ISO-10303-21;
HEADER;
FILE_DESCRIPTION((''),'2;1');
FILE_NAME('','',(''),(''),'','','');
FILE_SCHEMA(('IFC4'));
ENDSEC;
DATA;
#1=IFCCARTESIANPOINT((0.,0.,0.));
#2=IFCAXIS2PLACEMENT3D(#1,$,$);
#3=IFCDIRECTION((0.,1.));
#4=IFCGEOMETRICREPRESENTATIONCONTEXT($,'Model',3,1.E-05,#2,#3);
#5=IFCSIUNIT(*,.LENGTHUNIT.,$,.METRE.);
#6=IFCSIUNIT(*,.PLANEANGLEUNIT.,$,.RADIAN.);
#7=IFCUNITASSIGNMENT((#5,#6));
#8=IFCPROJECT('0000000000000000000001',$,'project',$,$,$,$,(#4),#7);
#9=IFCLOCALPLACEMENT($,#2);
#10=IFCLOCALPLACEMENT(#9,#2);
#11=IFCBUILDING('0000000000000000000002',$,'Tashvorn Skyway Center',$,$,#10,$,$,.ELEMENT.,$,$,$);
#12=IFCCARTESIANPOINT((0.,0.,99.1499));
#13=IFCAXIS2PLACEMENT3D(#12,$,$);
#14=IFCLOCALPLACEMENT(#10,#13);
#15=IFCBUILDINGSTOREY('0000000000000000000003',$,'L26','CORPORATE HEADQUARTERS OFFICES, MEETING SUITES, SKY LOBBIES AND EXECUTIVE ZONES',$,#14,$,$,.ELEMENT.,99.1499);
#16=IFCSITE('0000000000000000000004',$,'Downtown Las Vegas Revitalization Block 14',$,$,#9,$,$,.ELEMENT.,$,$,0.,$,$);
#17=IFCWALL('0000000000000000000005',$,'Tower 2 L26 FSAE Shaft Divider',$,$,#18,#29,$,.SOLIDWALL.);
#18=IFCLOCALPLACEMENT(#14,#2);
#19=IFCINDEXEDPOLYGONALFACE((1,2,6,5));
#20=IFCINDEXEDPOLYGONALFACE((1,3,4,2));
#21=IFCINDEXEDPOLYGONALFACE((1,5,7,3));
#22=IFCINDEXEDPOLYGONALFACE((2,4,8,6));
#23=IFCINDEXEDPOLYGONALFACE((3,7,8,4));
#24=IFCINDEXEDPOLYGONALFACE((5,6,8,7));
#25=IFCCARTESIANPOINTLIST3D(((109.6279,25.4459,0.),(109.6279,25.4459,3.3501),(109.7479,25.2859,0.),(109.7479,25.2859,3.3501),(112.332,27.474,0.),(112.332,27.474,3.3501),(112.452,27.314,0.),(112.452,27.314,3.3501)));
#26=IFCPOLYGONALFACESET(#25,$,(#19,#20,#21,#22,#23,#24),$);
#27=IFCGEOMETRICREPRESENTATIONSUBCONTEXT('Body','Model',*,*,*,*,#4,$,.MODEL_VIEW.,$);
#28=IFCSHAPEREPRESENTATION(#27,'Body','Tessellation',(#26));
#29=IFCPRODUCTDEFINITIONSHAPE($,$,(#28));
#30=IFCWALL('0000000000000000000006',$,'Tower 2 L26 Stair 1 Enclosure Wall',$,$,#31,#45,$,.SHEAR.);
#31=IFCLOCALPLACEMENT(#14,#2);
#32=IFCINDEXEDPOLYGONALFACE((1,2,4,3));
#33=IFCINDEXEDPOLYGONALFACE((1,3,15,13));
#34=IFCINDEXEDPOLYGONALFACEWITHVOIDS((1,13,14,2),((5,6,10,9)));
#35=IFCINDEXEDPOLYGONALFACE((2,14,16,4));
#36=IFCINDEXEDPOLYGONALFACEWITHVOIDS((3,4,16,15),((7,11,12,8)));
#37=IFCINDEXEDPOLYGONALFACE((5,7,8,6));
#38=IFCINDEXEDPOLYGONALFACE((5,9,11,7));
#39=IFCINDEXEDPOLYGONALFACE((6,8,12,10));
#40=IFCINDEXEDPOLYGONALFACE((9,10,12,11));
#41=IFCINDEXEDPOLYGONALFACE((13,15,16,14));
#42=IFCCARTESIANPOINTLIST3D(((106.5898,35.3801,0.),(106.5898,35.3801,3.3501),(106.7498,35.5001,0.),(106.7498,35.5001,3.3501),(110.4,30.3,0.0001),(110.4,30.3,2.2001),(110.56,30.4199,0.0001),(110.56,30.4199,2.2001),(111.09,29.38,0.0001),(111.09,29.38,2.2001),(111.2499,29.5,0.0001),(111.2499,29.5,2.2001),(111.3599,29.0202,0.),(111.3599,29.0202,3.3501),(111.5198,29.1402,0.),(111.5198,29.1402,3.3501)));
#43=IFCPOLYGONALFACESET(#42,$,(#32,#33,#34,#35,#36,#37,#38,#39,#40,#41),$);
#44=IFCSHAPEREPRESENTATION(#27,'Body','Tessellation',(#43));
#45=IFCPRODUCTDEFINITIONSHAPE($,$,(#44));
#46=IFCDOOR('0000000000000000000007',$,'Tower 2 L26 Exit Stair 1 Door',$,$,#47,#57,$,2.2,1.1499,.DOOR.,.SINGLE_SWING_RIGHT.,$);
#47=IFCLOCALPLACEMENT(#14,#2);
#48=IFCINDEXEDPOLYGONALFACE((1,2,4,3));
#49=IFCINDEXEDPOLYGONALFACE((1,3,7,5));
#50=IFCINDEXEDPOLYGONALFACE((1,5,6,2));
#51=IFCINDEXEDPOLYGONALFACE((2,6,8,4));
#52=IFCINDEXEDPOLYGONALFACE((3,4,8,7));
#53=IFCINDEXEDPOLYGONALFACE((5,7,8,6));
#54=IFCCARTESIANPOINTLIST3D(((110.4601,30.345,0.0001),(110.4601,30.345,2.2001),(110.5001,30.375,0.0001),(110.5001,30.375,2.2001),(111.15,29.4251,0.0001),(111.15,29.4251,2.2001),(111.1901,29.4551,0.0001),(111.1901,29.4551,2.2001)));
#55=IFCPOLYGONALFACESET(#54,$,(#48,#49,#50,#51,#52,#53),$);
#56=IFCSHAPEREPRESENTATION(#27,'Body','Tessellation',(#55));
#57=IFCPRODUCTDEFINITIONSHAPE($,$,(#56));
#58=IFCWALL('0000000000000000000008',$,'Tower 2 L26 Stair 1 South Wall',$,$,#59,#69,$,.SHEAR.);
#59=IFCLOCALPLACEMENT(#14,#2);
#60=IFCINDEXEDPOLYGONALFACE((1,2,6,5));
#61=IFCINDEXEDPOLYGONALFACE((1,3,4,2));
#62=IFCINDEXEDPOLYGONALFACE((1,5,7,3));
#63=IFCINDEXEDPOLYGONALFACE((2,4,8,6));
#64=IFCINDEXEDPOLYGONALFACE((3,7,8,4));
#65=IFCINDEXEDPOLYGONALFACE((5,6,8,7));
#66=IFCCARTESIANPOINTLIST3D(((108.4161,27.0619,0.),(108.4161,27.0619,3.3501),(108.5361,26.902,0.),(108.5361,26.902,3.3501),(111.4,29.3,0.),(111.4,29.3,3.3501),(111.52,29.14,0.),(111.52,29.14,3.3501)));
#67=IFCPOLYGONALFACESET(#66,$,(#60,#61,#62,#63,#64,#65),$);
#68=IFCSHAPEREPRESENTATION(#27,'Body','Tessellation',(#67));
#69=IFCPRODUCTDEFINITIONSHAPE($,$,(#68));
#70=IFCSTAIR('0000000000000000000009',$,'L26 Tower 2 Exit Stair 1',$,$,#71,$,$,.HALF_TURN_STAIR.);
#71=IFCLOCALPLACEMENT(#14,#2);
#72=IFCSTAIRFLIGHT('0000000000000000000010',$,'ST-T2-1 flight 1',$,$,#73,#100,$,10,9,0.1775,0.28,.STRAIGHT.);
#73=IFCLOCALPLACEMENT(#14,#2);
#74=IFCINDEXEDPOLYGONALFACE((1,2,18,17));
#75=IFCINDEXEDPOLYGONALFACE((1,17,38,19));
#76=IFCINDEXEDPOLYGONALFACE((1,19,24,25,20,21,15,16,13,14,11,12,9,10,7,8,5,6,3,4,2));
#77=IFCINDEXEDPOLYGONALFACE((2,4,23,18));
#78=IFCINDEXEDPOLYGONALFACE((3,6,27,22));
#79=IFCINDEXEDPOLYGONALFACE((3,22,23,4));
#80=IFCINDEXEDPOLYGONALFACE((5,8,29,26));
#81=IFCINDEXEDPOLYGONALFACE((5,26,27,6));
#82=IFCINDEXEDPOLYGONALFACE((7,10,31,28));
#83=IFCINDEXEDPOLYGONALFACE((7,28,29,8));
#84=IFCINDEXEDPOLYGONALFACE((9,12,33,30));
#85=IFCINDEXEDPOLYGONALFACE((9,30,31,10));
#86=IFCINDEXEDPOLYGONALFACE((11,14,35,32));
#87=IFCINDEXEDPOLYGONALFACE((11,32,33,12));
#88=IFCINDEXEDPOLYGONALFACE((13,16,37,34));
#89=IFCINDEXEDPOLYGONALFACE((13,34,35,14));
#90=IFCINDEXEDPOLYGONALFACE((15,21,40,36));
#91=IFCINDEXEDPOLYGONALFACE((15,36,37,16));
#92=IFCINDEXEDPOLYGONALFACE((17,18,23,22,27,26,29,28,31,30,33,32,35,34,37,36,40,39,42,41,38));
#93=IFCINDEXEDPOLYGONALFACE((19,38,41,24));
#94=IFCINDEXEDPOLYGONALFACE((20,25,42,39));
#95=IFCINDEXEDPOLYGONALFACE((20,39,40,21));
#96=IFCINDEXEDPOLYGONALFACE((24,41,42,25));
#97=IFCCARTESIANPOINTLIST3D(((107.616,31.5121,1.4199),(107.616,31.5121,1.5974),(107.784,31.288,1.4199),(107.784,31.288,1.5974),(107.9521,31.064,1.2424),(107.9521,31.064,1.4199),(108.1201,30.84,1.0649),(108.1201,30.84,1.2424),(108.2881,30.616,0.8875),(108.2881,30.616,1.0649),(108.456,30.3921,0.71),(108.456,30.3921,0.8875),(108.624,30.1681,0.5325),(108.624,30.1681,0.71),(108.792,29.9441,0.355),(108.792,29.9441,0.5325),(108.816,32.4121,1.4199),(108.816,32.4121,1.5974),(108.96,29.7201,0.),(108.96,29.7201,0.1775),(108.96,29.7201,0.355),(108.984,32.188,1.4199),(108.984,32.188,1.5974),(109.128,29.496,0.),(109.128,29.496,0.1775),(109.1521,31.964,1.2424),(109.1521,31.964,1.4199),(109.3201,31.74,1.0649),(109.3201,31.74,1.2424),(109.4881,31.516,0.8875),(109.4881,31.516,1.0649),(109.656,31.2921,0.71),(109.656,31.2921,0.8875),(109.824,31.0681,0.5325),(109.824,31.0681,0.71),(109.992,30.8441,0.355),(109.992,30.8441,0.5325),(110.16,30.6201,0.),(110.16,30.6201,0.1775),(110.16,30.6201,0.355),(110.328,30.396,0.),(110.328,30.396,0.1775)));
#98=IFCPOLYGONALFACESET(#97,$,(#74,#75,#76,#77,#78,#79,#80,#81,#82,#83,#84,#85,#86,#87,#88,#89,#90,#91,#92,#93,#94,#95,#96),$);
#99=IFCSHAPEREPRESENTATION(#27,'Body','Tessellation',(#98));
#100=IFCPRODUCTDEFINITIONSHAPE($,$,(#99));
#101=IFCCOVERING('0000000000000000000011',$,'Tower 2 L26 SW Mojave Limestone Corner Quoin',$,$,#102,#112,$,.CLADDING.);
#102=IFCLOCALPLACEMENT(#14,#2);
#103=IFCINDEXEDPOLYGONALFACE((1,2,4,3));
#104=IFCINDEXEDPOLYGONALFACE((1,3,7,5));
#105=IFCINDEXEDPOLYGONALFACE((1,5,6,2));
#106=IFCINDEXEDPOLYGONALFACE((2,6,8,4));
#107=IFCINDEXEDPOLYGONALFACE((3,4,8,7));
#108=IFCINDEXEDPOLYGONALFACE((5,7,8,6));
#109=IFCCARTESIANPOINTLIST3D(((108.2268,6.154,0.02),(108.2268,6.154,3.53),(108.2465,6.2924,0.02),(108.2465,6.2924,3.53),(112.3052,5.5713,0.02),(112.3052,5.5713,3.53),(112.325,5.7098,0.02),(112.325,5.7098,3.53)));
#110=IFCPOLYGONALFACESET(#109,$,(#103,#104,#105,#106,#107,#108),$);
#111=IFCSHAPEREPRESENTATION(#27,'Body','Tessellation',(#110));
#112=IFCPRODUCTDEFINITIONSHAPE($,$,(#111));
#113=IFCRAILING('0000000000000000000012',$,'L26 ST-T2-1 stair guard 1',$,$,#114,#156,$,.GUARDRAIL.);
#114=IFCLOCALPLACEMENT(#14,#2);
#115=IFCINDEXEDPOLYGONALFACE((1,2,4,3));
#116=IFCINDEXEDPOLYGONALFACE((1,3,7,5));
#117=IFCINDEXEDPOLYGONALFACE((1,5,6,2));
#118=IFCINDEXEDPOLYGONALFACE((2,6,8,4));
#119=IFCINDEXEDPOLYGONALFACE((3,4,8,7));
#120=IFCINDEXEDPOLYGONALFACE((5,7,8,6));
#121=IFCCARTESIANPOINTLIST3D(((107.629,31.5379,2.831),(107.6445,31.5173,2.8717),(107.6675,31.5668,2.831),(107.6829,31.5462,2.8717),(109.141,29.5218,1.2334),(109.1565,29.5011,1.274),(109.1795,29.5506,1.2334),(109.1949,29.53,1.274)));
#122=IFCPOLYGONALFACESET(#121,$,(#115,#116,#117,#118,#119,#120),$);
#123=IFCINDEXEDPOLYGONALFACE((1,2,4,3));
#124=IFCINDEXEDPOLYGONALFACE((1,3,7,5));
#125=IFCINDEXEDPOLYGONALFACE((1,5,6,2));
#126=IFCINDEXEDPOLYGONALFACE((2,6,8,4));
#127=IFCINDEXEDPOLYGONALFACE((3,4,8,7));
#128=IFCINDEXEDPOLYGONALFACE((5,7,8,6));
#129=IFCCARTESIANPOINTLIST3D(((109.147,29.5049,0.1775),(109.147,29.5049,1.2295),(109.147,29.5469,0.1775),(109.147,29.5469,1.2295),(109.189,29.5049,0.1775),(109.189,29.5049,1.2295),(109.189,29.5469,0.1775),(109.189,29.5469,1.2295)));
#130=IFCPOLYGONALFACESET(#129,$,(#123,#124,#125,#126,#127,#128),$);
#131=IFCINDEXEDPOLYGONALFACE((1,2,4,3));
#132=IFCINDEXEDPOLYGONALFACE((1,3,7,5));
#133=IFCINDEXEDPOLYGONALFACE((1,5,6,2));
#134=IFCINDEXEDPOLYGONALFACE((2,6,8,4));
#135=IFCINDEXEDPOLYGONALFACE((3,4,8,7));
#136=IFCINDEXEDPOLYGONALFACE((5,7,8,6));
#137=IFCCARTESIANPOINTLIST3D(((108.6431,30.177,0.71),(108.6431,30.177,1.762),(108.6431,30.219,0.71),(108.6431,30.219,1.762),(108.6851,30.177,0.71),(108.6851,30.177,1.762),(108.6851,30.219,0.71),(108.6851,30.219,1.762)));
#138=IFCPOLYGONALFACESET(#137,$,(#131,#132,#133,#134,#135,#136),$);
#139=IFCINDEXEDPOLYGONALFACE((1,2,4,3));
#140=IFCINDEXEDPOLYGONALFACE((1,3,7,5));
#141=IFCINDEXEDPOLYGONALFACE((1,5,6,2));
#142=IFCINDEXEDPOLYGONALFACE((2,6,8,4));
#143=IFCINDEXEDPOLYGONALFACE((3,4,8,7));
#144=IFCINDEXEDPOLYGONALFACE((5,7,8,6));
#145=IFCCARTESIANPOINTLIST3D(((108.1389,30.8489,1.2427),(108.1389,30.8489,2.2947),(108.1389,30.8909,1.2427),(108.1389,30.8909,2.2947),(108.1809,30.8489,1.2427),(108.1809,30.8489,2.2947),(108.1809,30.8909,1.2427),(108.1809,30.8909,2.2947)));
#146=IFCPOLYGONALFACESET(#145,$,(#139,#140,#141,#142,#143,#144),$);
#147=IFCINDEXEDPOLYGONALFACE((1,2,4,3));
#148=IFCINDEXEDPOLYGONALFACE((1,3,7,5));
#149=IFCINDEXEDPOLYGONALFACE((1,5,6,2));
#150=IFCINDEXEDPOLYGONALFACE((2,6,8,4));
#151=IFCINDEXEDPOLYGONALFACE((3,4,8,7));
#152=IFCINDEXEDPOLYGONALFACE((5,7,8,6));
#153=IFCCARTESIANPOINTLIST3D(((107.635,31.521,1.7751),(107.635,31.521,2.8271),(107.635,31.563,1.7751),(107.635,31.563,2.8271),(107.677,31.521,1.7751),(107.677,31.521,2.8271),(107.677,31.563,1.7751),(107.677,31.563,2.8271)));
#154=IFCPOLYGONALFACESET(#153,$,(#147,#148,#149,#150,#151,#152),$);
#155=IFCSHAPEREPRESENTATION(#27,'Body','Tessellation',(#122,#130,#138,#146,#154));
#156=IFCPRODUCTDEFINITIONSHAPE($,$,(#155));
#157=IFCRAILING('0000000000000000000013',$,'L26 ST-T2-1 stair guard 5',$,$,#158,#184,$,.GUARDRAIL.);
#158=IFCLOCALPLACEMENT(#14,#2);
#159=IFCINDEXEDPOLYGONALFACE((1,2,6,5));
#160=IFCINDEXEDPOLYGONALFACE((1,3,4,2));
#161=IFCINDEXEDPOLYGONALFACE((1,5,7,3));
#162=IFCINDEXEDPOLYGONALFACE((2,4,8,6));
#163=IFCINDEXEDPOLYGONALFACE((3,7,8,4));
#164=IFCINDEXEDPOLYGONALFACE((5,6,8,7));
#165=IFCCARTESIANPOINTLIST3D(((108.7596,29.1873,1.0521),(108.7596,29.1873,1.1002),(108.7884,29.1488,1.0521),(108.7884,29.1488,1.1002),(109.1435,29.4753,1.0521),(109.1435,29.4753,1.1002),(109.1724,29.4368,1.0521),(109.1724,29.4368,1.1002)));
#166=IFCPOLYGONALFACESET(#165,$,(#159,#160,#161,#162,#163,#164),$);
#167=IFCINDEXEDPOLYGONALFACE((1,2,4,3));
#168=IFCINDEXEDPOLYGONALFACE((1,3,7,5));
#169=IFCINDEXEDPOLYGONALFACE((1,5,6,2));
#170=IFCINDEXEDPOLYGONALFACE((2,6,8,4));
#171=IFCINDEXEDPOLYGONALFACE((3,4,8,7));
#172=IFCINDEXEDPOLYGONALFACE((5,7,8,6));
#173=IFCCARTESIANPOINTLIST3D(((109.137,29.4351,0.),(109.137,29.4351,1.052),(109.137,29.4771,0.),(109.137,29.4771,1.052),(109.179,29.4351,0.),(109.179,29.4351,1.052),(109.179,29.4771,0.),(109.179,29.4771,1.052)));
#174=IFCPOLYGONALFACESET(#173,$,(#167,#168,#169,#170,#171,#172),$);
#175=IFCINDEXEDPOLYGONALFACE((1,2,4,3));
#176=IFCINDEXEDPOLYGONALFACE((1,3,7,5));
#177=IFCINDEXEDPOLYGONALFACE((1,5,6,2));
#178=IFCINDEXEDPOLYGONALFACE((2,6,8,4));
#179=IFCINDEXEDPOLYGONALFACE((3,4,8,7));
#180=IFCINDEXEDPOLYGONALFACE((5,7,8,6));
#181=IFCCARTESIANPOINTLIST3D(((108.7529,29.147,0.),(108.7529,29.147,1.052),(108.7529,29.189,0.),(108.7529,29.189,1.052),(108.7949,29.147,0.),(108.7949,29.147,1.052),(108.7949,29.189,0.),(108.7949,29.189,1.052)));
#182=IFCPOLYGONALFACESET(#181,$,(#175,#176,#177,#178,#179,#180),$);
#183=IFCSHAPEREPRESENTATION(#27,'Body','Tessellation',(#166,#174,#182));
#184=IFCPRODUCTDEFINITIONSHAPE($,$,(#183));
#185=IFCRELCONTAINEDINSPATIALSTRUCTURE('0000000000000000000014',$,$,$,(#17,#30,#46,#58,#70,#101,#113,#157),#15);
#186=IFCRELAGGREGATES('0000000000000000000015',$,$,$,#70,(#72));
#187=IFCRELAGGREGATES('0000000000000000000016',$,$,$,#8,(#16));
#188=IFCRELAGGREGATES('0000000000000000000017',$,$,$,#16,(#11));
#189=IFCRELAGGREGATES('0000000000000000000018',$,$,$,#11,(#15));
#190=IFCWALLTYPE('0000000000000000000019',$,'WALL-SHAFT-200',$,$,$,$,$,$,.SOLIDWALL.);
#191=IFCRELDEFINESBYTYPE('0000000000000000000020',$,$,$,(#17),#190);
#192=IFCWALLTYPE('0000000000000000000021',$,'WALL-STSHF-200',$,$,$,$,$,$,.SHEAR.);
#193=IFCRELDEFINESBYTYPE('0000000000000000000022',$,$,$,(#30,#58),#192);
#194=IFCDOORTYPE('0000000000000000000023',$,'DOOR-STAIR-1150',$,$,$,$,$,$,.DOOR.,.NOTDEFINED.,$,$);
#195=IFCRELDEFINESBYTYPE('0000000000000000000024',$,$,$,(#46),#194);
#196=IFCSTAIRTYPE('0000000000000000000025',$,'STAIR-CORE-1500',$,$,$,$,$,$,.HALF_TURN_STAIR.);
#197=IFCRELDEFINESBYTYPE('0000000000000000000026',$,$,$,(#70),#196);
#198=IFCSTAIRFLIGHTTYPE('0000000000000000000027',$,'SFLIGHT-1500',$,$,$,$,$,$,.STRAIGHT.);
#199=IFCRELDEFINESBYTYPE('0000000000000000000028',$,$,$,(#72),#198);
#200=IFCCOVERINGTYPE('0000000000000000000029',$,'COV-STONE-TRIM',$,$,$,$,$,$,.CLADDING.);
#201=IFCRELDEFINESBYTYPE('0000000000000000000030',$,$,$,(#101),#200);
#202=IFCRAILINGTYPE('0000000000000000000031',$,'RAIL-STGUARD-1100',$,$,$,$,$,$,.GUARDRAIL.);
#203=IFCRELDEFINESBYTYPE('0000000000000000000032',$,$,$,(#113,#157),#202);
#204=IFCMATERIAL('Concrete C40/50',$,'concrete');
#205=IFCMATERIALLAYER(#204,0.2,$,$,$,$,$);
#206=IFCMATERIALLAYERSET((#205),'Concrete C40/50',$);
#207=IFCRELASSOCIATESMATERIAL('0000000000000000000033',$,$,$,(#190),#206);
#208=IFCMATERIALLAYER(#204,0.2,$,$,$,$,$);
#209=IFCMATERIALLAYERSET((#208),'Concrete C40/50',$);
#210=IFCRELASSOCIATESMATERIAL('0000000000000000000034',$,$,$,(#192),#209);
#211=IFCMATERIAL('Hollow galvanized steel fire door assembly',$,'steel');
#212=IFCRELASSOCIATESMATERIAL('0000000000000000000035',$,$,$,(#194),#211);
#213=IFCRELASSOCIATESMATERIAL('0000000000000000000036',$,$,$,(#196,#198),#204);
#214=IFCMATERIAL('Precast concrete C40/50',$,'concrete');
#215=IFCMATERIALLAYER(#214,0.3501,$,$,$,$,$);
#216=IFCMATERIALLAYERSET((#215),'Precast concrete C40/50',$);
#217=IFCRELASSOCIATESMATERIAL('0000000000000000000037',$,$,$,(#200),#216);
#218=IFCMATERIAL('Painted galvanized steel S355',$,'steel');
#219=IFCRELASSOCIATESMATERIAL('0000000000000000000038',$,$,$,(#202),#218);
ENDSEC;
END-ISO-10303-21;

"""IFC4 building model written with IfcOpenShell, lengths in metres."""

from ifc_helpers import new_model, si_unit, direction, frame, frame_2d, origin, origin_2d, place, context, subcontext, project, spatial, polyline, rectangle, outline, extrude, material, layer, layer_set, type_object, element, fill, aggregate, save


model = new_model("IFC4")

# Units and contexts
model_context = context("Model", 3, precision=1e-05, world=origin(), true_north=direction((0.0, 1.0)))
body_context = subcontext(model_context, "Body", "Model", "MODEL_VIEW")
ifc_project = project(units=[si_unit("LENGTHUNIT", "METRE"), si_unit("PLANEANGLEUNIT", "RADIAN")], contexts=[model_context])

# Site, building, storey
site_placement = place(None, origin())
site = spatial("IfcSite", under=ifc_project, at=site_placement, Name="Downtown Las Vegas Revitalization Block 14", CompositionType="ELEMENT", RefElevation=0.0)
building_placement = place(site_placement, origin())
building = spatial("IfcBuilding", under=site, at=building_placement, Name="Tashvorn Skyway Center", CompositionType="ELEMENT")
storey_placement = place(building_placement, frame((0.0, 0.0, 99.1499)))
storey = spatial("IfcBuildingStorey", under=building, at=storey_placement, Name="L26", Description="CORPORATE HEADQUARTERS OFFICES, MEETING SUITES, SKY LOBBIES AND EXECUTIVE ZONES", CompositionType="ELEMENT", Elevation=99.1499)

# Shared definitions
ifc_material_1 = material(Name="Precast concrete C40/50", Category="concrete")

# Wall
ifc_material_2 = material(Name="Concrete C40/50", Category="concrete")
ifc_layer_1 = layer(ifc_material_2, 0.2)
ifc_layer_set_1 = layer_set([ifc_layer_1], Name="Concrete C40/50")
wall_type_1 = type_object("IfcWallType", Name="WALL-SHAFT-200", PredefinedType="SOLIDWALL", material=ifc_layer_set_1)
for number, where, z_axis, x_axis, name in (
    (1, (109.688, 25.366, 0.0), (0.0, 0.0, 1.0), (0.8, 0.6, 0.0), "Tower 2 L26 FSAE Shaft Divider"),
):
    element("IfcWall", number, at=place(storey_placement, frame(where, z_axis=z_axis, x_axis=x_axis)), inside=storey, type_object=wall_type_1, Name=name, PredefinedType="SOLIDWALL", context=body_context, shape_type="SweptSolid", body=[
        extrude(rectangle(XDim=3.3801, YDim=0.2, at=frame_2d((1.6899, 0.0))), origin(), (0.0, 0.0, 1.0), 3.3501),
    ])

# Wall, opening, door
ifc_layer_2 = layer(ifc_material_2, 0.2)
ifc_layer_set_2 = layer_set([ifc_layer_2], Name="Concrete C40/50")
wall_type_2 = type_object("IfcWallType", Name="WALL-STSHF-200", PredefinedType="SHEAR", material=ifc_layer_set_2)
wall_1_placement = place(storey_placement, frame((111.4399, 29.0801, 0.0), z_axis=(0.0, 0.0, 1.0), x_axis=(-0.60001, 0.799993, 0.0)))
wall_1 = element("IfcWall", 2, at=wall_1_placement, inside=storey, type_object=wall_type_2, Name="Tower 2 L26 Stair 1 Enclosure Wall", PredefinedType="SHEAR", context=body_context, shape_type="SweptSolid", body=[
    extrude(rectangle(XDim=7.95, YDim=0.2, at=frame_2d((3.9751, 0.0))), origin(), (0.0, 0.0, 1.0), 3.3501),
])
opening_1_placement = place(wall_1_placement, frame((0.45, 0.0, 0.0)))
opening_1 = element("IfcOpeningElement", 3, at=opening_1_placement, cuts=wall_1, PredefinedType="OPENING", context=body_context, shape_type="SweptSolid", body=[
    extrude(rectangle(XDim=1.1499, YDim=2.2, at=frame_2d((0.575, 1.1001))), frame((0.0, 0.1099, 0.0), z_axis=(0.0, -1.0, 0.0), x_axis=(1.0, 0.0, 0.0)), (0.0, 0.0, 1.0), 0.22),
])
ifc_material_3 = material(Name="Hollow galvanized steel fire door assembly", Category="steel")
door_type_1 = type_object("IfcDoorType", Name="DOOR-STAIR-1150", OperationType="NOTDEFINED", PredefinedType="DOOR", material=ifc_material_3)
door_1_placement = place(opening_1_placement, origin())
door_1 = element("IfcDoor", 4, at=door_1_placement, inside=storey, type_object=door_type_1, Name="Tower 2 L26 Exit Stair 1 Door", OperationType="SINGLE_SWING_RIGHT", OverallHeight=2.2, OverallWidth=1.1499, PredefinedType="DOOR", context=body_context, shape_type="SweptSolid", body=[
    extrude(rectangle(XDim=1.1499, YDim=2.2, at=frame_2d((0.575, 1.1001))), frame((0.0, 0.0249, 0.0), z_axis=(0.0, -1.0, 0.0), x_axis=(1.0, 0.0, 0.0)), (0.0, 0.0, 1.0), 0.05),
])
fill(opening_1, door_1)

# Wall
wall_2_placement = place(storey_placement, frame((108.4761, 26.9819, 0.0), z_axis=(0.0, 0.0, 1.0), x_axis=(0.799984, 0.600021, 0.0)))
element("IfcWall", 5, at=wall_2_placement, inside=storey, type_object=wall_type_2, Name="Tower 2 L26 Stair 1 South Wall", PredefinedType="SHEAR", context=body_context, shape_type="SweptSolid", body=[
    extrude(rectangle(XDim=3.73, YDim=0.2, at=frame_2d((1.865, 0.0))), origin(), (0.0, 0.0, 1.0), 3.3501),
])

# Stair, stair flight
stair_type = type_object("IfcStairType", Name="STAIR-CORE-1500", PredefinedType="HALF_TURN_STAIR", material=ifc_material_2)
stair_placement = place(storey_placement, origin())
stair = element("IfcStair", 6, at=stair_placement, inside=storey, type_object=stair_type, Name="L26 Tower 2 Exit Stair 1", PredefinedType="HALF_TURN_STAIR")
stair_flight_type = type_object("IfcStairFlightType", Name="SFLIGHT-1500", PredefinedType="STRAIGHT", material=ifc_material_2)
stair_flight_placement = place(storey_placement, frame((109.728, 29.946, 0.0), z_axis=(0.0, 0.0, 1.0), x_axis=(-0.6, 0.8, 0.0)))
stair_flight = element("IfcStairFlight", 7, at=stair_flight_placement, type_object=stair_flight_type, Name="ST-T2-1 flight 1", NumberOfRisers=10, NumberOfTreads=9, PredefinedType="STRAIGHT", RiserHeight=0.1775, TreadLength=0.28, context=body_context, shape_type="SweptSolid", body=[
    extrude(outline(polyline([(0.0, 0.0), (0.0, 0.1775), (0.28, 0.1775), (0.28, 0.355), (0.5601, 0.355), (0.5601, 0.5325), (0.8401, 0.5325), (0.8401, 0.71), (1.1201, 0.71), (1.1201, 0.8875), (1.3999, 0.8875), (1.3999, 1.0649), (1.6799, 1.0649), (1.6799, 1.2424), (1.96, 1.2424), (1.96, 1.4199), (2.24, 1.4199), (2.24, 1.5974), (2.52, 1.5974), (2.52, 1.7749), (2.52, 1.4199), (0.28, 0.0), (0.0, 0.0)])), frame((0.0, 0.75, 0.0), z_axis=(0.0, -1.0, 0.0), x_axis=(1.0, 0.0, 0.0)), (0.0, 0.0, 1.0), 1.5),
])
aggregate(stair, [stair_flight])

# Covering
ifc_layer_3 = layer(ifc_material_1, 0.3501)
ifc_layer_set_3 = layer_set([ifc_layer_3], Name="Precast concrete C40/50")
covering_type = type_object("IfcCoveringType", Name="COV-STONE-TRIM", PredefinedType="CLADDING", material=ifc_layer_set_3)
covering_placement = place(storey_placement, frame((110.2759, 5.9319, 0.02), z_axis=(0.0, 0.0, 1.0), x_axis=(-0.989949, 0.141421, 0.0)))
element("IfcCovering", 8, at=covering_placement, inside=storey, type_object=covering_type, Name="Tower 2 L26 SW Mojave Limestone Corner Quoin", PredefinedType="CLADDING", context=body_context, shape_type="SweptSolid", body=[
    extrude(rectangle(XDim=4.1199, YDim=0.1399, at=origin_2d()), origin(), (0.0, 0.0, 1.0), 3.51),
])

# Railings
ifc_material_4 = material(Name="Painted galvanized steel S355", Category="steel")
railing_type = type_object("IfcRailingType", Name="RAIL-STGUARD-1100", PredefinedType="GUARDRAIL", material=ifc_material_4)
railing_1_placement = place(storey_placement, frame((109.168, 29.5259, 0.1775)))
element("IfcRailing", 9, at=railing_1_placement, inside=storey, type_object=railing_type, Name="L26 ST-T2-1 stair guard 1", PredefinedType="GUARDRAIL", context=body_context, shape_type="SweptSolid", body=[
    extrude(rectangle(XDim=0.0481, YDim=0.0481, at=origin_2d()), frame((0.0, 0.0, 1.0762), z_axis=(-0.506719, 0.675679, 0.535438), x_axis=(-0.800023, -0.599969, 0.0)), (0.0, 0.0, 1.0), 2.9839),
    extrude(rectangle(XDim=0.042, YDim=0.042, at=origin_2d()), origin(), (0.0, 0.0, 1.0), 1.052),
    extrude(rectangle(XDim=0.042, YDim=0.042, at=origin_2d()), frame((-0.5039, 0.6721, 0.5325)), (0.0, 0.0, 1.0), 1.052),
    extrude(rectangle(XDim=0.042, YDim=0.042, at=origin_2d()), frame((-1.0081, 1.344, 1.0652)), (0.0, 0.0, 1.0), 1.052),
    extrude(rectangle(XDim=0.042, YDim=0.042, at=origin_2d()), frame((-1.512, 2.0161, 1.5977)), (0.0, 0.0, 1.0), 1.052),
])
railing_2_placement = place(storey_placement, frame((109.158, 29.4561, 0.0)))
element("IfcRailing", 10, at=railing_2_placement, inside=storey, type_object=railing_type, Name="L26 ST-T2-1 stair guard 5", PredefinedType="GUARDRAIL", context=body_context, shape_type="SweptSolid", body=[
    extrude(rectangle(XDim=0.0481, YDim=0.0481, at=origin_2d()), frame((0.0, 0.0, 1.0762), z_axis=(-0.799939, -0.600081, 0.0), x_axis=(0.600081, -0.799939, 0.0)), (0.0, 0.0, 1.0), 0.48),
    extrude(rectangle(XDim=0.042, YDim=0.042, at=origin_2d()), origin(), (0.0, 0.0, 1.0), 1.052),
    extrude(rectangle(XDim=0.042, YDim=0.042, at=origin_2d()), frame((-0.384, -0.2881, 0.0)), (0.0, 0.0, 1.0), 1.052),
])

save(model, "model.ifc")
